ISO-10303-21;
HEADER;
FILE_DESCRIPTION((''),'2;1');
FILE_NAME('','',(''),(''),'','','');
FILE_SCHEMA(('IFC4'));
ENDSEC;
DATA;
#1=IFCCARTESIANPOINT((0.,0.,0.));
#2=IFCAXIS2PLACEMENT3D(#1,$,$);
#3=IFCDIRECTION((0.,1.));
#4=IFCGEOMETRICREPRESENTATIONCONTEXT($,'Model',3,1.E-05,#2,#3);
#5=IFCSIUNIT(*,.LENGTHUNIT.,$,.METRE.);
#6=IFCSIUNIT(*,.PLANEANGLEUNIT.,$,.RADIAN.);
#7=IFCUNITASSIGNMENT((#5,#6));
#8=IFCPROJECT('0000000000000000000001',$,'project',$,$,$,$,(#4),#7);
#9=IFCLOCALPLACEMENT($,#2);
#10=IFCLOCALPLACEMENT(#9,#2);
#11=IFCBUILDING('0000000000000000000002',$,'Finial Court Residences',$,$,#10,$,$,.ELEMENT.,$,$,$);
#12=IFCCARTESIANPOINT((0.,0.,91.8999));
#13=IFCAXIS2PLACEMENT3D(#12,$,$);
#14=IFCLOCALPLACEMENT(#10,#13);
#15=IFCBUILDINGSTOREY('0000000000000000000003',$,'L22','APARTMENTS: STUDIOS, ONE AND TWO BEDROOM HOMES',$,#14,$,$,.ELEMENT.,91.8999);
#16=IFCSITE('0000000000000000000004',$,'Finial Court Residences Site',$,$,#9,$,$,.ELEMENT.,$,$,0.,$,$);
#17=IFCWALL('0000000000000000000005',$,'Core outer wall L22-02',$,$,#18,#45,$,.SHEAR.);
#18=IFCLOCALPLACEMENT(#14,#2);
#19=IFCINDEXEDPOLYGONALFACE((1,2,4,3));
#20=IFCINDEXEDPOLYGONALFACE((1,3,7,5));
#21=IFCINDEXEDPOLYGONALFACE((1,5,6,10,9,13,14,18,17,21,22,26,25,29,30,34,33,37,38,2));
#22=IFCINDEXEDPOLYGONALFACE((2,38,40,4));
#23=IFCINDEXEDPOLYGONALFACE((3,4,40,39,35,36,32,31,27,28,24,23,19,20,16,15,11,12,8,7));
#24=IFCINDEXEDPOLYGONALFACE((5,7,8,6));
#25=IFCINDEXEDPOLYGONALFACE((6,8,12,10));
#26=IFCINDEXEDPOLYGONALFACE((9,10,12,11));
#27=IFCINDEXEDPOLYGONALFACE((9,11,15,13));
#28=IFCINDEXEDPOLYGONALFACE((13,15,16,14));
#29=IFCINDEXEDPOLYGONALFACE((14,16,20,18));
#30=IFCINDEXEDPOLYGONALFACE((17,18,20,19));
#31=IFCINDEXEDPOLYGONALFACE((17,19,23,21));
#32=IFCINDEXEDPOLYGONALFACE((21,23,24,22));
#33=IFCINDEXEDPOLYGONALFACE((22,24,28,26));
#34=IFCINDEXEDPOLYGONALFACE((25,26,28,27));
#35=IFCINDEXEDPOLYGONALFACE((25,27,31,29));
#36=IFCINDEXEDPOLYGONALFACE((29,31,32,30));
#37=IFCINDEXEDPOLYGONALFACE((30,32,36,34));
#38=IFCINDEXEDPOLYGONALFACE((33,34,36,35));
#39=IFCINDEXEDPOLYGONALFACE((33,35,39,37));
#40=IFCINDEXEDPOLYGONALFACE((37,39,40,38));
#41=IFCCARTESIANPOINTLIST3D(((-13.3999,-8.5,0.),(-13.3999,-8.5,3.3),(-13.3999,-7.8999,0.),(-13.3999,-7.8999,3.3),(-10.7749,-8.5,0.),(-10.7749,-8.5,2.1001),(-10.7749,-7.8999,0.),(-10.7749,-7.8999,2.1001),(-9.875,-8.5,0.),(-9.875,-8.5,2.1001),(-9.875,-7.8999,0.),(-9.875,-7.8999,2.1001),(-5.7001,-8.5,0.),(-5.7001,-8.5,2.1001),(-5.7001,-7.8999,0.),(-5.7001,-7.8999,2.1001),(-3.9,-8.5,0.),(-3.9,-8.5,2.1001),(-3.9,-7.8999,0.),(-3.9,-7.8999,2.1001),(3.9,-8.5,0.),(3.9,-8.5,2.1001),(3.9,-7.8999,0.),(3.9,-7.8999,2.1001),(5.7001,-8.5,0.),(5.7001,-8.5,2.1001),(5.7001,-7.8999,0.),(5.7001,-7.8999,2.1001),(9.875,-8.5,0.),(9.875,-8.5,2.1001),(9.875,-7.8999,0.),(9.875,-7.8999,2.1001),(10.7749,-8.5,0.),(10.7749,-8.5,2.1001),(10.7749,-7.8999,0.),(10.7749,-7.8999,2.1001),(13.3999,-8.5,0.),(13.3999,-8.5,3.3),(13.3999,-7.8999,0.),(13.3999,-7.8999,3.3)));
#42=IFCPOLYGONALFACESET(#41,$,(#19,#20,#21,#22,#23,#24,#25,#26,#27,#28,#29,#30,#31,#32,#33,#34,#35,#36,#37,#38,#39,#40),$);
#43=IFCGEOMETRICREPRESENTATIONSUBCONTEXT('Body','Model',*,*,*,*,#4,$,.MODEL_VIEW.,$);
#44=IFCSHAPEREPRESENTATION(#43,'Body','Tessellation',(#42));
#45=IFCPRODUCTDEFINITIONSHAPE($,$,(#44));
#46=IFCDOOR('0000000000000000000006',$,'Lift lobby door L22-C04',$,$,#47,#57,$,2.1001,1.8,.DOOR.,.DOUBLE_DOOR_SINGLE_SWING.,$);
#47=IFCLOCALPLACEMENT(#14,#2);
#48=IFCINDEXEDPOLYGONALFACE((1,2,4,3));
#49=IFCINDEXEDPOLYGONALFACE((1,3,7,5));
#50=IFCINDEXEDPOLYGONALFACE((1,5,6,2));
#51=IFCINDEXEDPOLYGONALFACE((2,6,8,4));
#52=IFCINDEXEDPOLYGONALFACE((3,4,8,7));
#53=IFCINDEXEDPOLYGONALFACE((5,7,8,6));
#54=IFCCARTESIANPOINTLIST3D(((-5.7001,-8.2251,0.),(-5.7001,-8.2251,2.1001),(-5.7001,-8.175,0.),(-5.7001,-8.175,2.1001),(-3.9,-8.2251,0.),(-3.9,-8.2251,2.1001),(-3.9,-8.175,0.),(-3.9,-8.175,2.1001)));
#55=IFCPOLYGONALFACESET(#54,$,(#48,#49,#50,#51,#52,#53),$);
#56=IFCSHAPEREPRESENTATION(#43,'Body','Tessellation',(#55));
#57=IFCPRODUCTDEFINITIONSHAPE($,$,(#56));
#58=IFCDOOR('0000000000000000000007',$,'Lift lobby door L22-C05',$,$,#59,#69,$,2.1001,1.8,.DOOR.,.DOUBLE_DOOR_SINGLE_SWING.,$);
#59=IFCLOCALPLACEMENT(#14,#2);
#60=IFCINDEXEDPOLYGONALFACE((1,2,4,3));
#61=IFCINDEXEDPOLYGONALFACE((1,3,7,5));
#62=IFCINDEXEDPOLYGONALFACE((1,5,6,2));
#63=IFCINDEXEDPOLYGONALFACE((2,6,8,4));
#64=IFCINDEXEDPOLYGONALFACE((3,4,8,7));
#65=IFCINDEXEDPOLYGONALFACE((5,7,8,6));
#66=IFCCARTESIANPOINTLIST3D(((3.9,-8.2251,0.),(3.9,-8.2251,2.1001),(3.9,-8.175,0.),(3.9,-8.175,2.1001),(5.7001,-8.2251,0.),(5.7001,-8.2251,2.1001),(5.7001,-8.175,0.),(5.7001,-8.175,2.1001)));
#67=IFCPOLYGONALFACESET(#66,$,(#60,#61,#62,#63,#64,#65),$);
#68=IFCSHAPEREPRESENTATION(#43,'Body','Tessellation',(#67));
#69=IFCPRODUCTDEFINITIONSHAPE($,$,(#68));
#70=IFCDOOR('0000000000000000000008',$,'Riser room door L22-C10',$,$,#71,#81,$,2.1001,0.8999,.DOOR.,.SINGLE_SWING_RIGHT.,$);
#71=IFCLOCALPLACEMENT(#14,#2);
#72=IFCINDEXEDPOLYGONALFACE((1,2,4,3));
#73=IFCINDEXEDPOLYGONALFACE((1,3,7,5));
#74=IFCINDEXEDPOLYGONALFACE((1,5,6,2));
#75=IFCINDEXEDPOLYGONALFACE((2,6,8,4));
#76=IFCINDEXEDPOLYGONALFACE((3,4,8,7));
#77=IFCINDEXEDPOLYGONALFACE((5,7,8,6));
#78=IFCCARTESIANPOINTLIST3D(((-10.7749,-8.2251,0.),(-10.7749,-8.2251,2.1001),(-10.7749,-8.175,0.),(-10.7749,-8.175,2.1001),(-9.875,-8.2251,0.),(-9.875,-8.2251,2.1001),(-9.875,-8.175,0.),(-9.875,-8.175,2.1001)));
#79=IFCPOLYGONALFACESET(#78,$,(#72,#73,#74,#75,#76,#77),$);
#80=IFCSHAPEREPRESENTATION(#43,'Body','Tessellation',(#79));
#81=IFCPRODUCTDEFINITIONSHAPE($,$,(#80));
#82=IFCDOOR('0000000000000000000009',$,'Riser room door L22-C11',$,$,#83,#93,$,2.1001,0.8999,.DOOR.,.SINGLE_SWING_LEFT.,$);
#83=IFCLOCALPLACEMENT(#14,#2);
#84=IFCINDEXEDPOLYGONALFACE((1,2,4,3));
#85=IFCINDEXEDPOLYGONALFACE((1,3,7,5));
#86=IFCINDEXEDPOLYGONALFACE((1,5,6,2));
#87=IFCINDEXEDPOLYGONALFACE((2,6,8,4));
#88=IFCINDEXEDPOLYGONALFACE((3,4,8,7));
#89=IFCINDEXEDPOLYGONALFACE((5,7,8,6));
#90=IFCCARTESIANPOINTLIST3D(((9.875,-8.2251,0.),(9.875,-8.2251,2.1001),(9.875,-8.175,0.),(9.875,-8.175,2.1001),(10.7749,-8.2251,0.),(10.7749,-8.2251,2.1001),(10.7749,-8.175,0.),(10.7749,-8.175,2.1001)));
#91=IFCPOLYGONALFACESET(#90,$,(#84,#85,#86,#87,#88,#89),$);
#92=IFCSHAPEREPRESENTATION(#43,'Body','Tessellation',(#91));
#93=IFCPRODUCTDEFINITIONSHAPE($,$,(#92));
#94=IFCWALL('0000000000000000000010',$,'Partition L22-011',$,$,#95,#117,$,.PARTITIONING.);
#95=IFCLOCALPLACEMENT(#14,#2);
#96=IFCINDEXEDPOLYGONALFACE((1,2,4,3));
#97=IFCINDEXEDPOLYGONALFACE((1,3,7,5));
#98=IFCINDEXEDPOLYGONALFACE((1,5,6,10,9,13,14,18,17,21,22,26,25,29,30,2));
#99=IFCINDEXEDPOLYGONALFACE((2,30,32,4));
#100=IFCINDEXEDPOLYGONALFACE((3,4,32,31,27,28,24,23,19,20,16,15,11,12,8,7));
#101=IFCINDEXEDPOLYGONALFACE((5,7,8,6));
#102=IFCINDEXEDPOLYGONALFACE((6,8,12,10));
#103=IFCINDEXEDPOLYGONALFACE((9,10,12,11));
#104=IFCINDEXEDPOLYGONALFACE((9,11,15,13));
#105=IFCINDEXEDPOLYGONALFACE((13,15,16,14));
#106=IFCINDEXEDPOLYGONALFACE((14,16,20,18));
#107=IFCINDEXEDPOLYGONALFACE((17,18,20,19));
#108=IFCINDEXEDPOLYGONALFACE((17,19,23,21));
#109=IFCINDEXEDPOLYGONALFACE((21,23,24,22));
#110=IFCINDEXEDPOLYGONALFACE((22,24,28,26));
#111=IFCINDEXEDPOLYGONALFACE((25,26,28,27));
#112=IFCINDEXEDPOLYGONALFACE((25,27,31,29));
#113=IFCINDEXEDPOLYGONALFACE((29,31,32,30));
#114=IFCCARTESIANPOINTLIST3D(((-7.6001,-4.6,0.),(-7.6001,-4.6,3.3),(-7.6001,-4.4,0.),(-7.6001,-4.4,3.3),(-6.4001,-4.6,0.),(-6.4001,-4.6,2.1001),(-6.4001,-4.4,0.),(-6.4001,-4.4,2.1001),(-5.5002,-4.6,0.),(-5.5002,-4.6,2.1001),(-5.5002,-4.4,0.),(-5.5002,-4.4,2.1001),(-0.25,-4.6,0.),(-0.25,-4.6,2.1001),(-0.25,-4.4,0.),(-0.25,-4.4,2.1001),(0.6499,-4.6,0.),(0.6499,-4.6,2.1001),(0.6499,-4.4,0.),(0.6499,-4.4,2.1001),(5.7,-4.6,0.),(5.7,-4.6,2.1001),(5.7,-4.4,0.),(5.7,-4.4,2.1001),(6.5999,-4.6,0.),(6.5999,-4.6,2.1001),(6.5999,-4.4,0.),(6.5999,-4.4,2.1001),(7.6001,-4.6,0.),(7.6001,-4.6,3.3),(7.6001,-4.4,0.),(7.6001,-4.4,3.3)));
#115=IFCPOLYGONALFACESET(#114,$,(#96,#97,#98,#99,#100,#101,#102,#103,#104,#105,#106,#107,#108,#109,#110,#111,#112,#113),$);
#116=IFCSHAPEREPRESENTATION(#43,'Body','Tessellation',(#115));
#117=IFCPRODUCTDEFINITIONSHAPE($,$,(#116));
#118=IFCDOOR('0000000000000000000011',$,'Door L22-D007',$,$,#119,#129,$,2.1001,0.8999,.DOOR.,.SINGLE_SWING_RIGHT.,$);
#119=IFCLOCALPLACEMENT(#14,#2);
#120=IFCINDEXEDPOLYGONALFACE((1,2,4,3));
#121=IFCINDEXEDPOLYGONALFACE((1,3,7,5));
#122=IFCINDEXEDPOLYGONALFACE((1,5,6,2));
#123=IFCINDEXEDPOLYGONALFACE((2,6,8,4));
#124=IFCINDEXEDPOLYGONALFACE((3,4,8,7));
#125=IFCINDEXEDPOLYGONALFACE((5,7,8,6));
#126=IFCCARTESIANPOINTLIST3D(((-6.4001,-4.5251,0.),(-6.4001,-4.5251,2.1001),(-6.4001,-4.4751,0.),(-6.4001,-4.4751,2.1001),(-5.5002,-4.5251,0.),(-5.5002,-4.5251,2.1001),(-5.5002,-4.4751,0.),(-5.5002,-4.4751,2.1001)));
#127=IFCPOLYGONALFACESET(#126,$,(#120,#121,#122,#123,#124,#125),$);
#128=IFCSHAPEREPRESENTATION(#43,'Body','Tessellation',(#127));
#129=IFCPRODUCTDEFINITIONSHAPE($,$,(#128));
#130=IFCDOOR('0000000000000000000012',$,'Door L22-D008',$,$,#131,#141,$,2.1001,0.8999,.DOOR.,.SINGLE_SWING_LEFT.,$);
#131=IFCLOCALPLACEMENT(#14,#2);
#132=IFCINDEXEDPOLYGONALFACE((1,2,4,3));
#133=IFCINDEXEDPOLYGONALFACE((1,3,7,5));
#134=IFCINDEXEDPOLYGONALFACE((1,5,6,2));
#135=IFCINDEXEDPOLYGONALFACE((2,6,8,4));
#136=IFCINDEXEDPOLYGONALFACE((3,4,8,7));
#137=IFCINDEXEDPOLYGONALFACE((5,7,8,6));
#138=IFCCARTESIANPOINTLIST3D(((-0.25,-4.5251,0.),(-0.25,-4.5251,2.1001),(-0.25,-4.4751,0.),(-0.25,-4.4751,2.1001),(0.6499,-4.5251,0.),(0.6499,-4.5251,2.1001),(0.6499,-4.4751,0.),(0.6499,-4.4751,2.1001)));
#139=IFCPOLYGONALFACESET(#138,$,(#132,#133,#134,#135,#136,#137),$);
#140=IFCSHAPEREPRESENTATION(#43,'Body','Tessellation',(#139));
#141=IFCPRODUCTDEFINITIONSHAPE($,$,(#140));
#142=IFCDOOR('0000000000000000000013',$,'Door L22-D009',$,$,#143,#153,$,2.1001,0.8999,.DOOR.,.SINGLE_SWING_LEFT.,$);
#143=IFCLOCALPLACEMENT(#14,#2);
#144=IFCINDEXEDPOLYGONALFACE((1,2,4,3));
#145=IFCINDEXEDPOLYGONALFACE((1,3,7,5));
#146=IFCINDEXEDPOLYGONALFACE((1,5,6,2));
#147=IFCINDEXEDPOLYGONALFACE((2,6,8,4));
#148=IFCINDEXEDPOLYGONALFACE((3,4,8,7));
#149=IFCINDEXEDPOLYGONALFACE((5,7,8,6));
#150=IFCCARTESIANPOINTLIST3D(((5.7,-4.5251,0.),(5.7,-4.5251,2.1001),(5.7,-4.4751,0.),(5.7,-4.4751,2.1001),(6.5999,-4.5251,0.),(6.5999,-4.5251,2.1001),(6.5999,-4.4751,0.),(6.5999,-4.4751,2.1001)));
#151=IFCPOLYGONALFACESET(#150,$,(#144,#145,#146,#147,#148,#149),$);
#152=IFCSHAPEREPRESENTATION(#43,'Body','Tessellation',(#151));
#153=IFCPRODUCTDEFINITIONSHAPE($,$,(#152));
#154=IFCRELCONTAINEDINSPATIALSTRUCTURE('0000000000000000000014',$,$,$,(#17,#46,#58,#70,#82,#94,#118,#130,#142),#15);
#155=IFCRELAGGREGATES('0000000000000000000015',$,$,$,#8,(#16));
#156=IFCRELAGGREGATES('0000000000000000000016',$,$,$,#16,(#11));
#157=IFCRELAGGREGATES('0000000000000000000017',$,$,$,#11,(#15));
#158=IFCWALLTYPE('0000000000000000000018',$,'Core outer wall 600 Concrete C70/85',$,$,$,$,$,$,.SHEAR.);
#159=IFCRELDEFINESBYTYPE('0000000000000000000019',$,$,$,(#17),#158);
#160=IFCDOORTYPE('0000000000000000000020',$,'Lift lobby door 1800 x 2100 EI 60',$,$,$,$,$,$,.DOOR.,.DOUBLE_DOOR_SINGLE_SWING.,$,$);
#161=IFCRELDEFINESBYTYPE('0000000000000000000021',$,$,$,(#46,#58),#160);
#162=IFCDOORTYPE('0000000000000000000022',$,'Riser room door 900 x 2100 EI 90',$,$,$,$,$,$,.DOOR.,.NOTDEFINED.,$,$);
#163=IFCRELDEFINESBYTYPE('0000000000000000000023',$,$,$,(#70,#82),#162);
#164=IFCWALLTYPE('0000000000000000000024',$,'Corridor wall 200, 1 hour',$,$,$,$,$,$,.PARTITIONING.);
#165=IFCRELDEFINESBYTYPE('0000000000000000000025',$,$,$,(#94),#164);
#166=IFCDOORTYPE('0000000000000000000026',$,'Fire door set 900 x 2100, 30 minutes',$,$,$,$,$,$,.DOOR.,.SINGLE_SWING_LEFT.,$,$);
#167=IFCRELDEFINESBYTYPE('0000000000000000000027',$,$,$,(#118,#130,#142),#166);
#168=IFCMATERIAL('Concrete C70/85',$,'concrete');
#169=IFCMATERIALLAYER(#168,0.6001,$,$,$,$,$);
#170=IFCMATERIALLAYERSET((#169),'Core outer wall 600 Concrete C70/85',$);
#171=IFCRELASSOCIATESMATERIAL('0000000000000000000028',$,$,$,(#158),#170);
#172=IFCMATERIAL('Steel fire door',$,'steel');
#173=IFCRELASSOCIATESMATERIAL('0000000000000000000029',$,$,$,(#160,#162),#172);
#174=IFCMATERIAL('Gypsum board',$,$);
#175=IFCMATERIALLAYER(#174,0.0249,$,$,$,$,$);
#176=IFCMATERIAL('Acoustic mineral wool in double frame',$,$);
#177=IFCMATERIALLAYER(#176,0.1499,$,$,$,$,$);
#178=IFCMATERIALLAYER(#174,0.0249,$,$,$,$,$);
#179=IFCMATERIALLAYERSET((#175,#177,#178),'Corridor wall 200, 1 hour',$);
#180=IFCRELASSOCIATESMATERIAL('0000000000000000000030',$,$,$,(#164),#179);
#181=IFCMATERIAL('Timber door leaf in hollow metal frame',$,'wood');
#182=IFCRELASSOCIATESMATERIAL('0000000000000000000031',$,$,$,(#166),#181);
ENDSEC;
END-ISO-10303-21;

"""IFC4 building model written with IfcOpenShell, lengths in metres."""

from ifc_helpers import new_model, si_unit, direction, frame, frame_2d, origin, place, context, subcontext, project, spatial, rectangle, extrude, material, layer, layer_set, type_object, element, fill, save


model = new_model("IFC4")

# Units and contexts
model_context = context("Model", 3, precision=1e-05, world=origin(), true_north=direction((0.0, 1.0)))
body_context = subcontext(model_context, "Body", "Model", "MODEL_VIEW")
ifc_project = project(units=[si_unit("LENGTHUNIT", "METRE"), si_unit("PLANEANGLEUNIT", "RADIAN")], contexts=[model_context])

# Site, building, storey
site_placement = place(None, origin())
site = spatial("IfcSite", under=ifc_project, at=site_placement, Name="Finial Court Residences Site", CompositionType="ELEMENT", RefElevation=0.0)
building_placement = place(site_placement, origin())
building = spatial("IfcBuilding", under=site, at=building_placement, Name="Finial Court Residences", CompositionType="ELEMENT")
storey_placement = place(building_placement, frame((0.0, 0.0, 91.8999)))
storey = spatial("IfcBuildingStorey", under=building, at=storey_placement, Name="L22", Description="APARTMENTS: STUDIOS, ONE AND TWO BEDROOM HOMES", CompositionType="ELEMENT", Elevation=91.8999)

# Shared definitions
ifc_material_1 = material(Name="Concrete C70/85", Category="concrete")

# Walls, openings, doors
ifc_layer_1 = layer(ifc_material_1, 0.6001)
ifc_layer_set_1 = layer_set([ifc_layer_1], Name="Core outer wall 600 Concrete C70/85")
wall_type_1 = type_object("IfcWallType", Name="Core outer wall 600 Concrete C70/85", PredefinedType="SHEAR", material=ifc_layer_set_1)
wall_1_placement = place(storey_placement, frame((-13.3999, -8.2, 0.0), z_axis=(0.0, 0.0, 1.0), x_axis=(1.0, 0.0, 0.0)))
wall_1 = element("IfcWall", 1, at=wall_1_placement, inside=storey, type_object=wall_type_1, Name="Core outer wall L22-02", PredefinedType="SHEAR", context=body_context, shape_type="SweptSolid", body=[
    extrude(rectangle(XDim=26.7998, YDim=0.6001, at=frame_2d((13.3999, 0.0))), origin(), (0.0, 0.0, 1.0), 3.3),
])
opening_1_placement = place(wall_1_placement, frame((7.7, 0.0, 0.0)))
opening_1 = element("IfcOpeningElement", 2, at=opening_1_placement, cuts=wall_1, PredefinedType="OPENING", context=body_context, shape_type="SweptSolid", body=[
    extrude(rectangle(XDim=1.8, YDim=2.1001, at=frame_2d((0.8999, 1.05))), frame((0.0, 0.3101, 0.0), z_axis=(0.0, -1.0, 0.0), x_axis=(1.0, 0.0, 0.0)), (0.0, 0.0, 1.0), 0.6201),
])
opening_2_placement = place(wall_1_placement, frame((17.3, 0.0, 0.0)))
opening_2 = element("IfcOpeningElement", 3, at=opening_2_placement, cuts=wall_1, PredefinedType="OPENING", context=body_context, shape_type="SweptSolid", body=[
    extrude(rectangle(XDim=1.8, YDim=2.1001, at=frame_2d((0.8999, 1.05))), frame((0.0, 0.3101, 0.0), z_axis=(0.0, -1.0, 0.0), x_axis=(1.0, 0.0, 0.0)), (0.0, 0.0, 1.0), 0.6201),
])
opening_3_placement = place(wall_1_placement, frame((2.625, 0.0, 0.0)))
opening_3 = element("IfcOpeningElement", 4, at=opening_3_placement, cuts=wall_1, PredefinedType="OPENING", context=body_context, shape_type="SweptSolid", body=[
    extrude(rectangle(XDim=0.8999, YDim=2.1001, at=frame_2d((0.45, 1.05))), frame((0.0, 0.3101, 0.0), z_axis=(0.0, -1.0, 0.0), x_axis=(1.0, 0.0, 0.0)), (0.0, 0.0, 1.0), 0.6201),
])
opening_4_placement = place(wall_1_placement, frame((23.2749, 0.0, 0.0)))
opening_4 = element("IfcOpeningElement", 5, at=opening_4_placement, cuts=wall_1, PredefinedType="OPENING", context=body_context, shape_type="SweptSolid", body=[
    extrude(rectangle(XDim=0.8999, YDim=2.1001, at=frame_2d((0.45, 1.05))), frame((0.0, 0.3101, 0.0), z_axis=(0.0, -1.0, 0.0), x_axis=(1.0, 0.0, 0.0)), (0.0, 0.0, 1.0), 0.6201),
])
ifc_material_2 = material(Name="Steel fire door", Category="steel")
door_type_1 = type_object("IfcDoorType", Name="Lift lobby door 1800 x 2100 EI 60", OperationType="DOUBLE_DOOR_SINGLE_SWING", PredefinedType="DOOR", material=ifc_material_2)
door_1_placement = place(opening_1_placement, origin())
door_1 = element("IfcDoor", 6, at=door_1_placement, inside=storey, type_object=door_type_1, Name="Lift lobby door L22-C04", OperationType="DOUBLE_DOOR_SINGLE_SWING", OverallHeight=2.1001, OverallWidth=1.8, PredefinedType="DOOR", context=body_context, shape_type="SweptSolid", body=[
    extrude(rectangle(XDim=1.8, YDim=2.1001, at=frame_2d((0.8999, 1.05))), frame((0.0, 0.0249, 0.0), z_axis=(0.0, -1.0, 0.0), x_axis=(1.0, 0.0, 0.0)), (0.0, 0.0, 1.0), 0.05),
])
fill(opening_1, door_1)
door_2_placement = place(opening_2_placement, origin())
door_2 = element("IfcDoor", 7, at=door_2_placement, inside=storey, type_object=door_type_1, Name="Lift lobby door L22-C05", OperationType="DOUBLE_DOOR_SINGLE_SWING", OverallHeight=2.1001, OverallWidth=1.8, PredefinedType="DOOR", context=body_context, shape_type="SweptSolid", body=[
    extrude(rectangle(XDim=1.8, YDim=2.1001, at=frame_2d((0.8999, 1.05))), frame((0.0, 0.0249, 0.0), z_axis=(0.0, -1.0, 0.0), x_axis=(1.0, 0.0, 0.0)), (0.0, 0.0, 1.0), 0.05),
])
fill(opening_2, door_2)
door_type_2 = type_object("IfcDoorType", Name="Riser room door 900 x 2100 EI 90", OperationType="NOTDEFINED", PredefinedType="DOOR", material=ifc_material_2)
door_3_placement = place(opening_3_placement, origin())
door_3 = element("IfcDoor", 8, at=door_3_placement, inside=storey, type_object=door_type_2, Name="Riser room door L22-C10", OperationType="SINGLE_SWING_RIGHT", OverallHeight=2.1001, OverallWidth=0.8999, PredefinedType="DOOR", context=body_context, shape_type="SweptSolid", body=[
    extrude(rectangle(XDim=0.8999, YDim=2.1001, at=frame_2d((0.45, 1.05))), frame((0.0, 0.0249, 0.0), z_axis=(0.0, -1.0, 0.0), x_axis=(1.0, 0.0, 0.0)), (0.0, 0.0, 1.0), 0.05),
])
fill(opening_3, door_3)
door_4_placement = place(opening_4_placement, origin())
door_4 = element("IfcDoor", 9, at=door_4_placement, inside=storey, type_object=door_type_2, Name="Riser room door L22-C11", OperationType="SINGLE_SWING_LEFT", OverallHeight=2.1001, OverallWidth=0.8999, PredefinedType="DOOR", context=body_context, shape_type="SweptSolid", body=[
    extrude(rectangle(XDim=0.8999, YDim=2.1001, at=frame_2d((0.45, 1.05))), frame((0.0, 0.0249, 0.0), z_axis=(0.0, -1.0, 0.0), x_axis=(1.0, 0.0, 0.0)), (0.0, 0.0, 1.0), 0.05),
])
fill(opening_4, door_4)
ifc_material_3 = material(Name="Gypsum board")
ifc_layer_2 = layer(ifc_material_3, 0.0249)
ifc_material_4 = material(Name="Acoustic mineral wool in double frame")
ifc_layer_3 = layer(ifc_material_4, 0.1499)
ifc_layer_4 = layer(ifc_material_3, 0.0249)
ifc_layer_set_2 = layer_set([ifc_layer_2, ifc_layer_3, ifc_layer_4], Name="Corridor wall 200, 1 hour")
wall_type_2 = type_object("IfcWallType", Name="Corridor wall 200, 1 hour", PredefinedType="PARTITIONING", material=ifc_layer_set_2)
wall_2_placement = place(storey_placement, frame((-7.6001, -4.5, 0.0), z_axis=(0.0, 0.0, 1.0), x_axis=(1.0, 0.0, 0.0)))
wall_2 = element("IfcWall", 10, at=wall_2_placement, inside=storey, type_object=wall_type_2, Name="Partition L22-011", PredefinedType="PARTITIONING", context=body_context, shape_type="SweptSolid", body=[
    extrude(rectangle(XDim=15.2002, YDim=0.2, at=frame_2d((7.6001, 0.0))), origin(), (0.0, 0.0, 1.0), 3.3),
])
opening_5_placement = place(wall_2_placement, frame((1.2, 0.0, 0.0)))
opening_5 = element("IfcOpeningElement", 11, at=opening_5_placement, cuts=wall_2, PredefinedType="OPENING", context=body_context, shape_type="SweptSolid", body=[
    extrude(rectangle(XDim=0.8999, YDim=2.1001, at=frame_2d((0.45, 1.05))), frame((0.0, 0.1099, 0.0), z_axis=(0.0, -1.0, 0.0), x_axis=(1.0, 0.0, 0.0)), (0.0, 0.0, 1.0), 0.22),
])
opening_6_placement = place(wall_2_placement, frame((7.3501, 0.0, 0.0)))
opening_6 = element("IfcOpeningElement", 12, at=opening_6_placement, cuts=wall_2, PredefinedType="OPENING", context=body_context, shape_type="SweptSolid", body=[
    extrude(rectangle(XDim=0.8999, YDim=2.1001, at=frame_2d((0.45, 1.05))), frame((0.0, 0.1099, 0.0), z_axis=(0.0, -1.0, 0.0), x_axis=(1.0, 0.0, 0.0)), (0.0, 0.0, 1.0), 0.22),
])
opening_7_placement = place(wall_2_placement, frame((13.3, 0.0, 0.0)))
opening_7 = element("IfcOpeningElement", 13, at=opening_7_placement, cuts=wall_2, PredefinedType="OPENING", context=body_context, shape_type="SweptSolid", body=[
    extrude(rectangle(XDim=0.8999, YDim=2.1001, at=frame_2d((0.45, 1.05))), frame((0.0, 0.1099, 0.0), z_axis=(0.0, -1.0, 0.0), x_axis=(1.0, 0.0, 0.0)), (0.0, 0.0, 1.0), 0.22),
])
ifc_material_5 = material(Name="Timber door leaf in hollow metal frame", Category="wood")
door_type_3 = type_object("IfcDoorType", Name="Fire door set 900 x 2100, 30 minutes", OperationType="SINGLE_SWING_LEFT", PredefinedType="DOOR", material=ifc_material_5)
door_5_placement = place(opening_5_placement, origin())
door_5 = element("IfcDoor", 14, at=door_5_placement, inside=storey, type_object=door_type_3, Name="Door L22-D007", OperationType="SINGLE_SWING_RIGHT", OverallHeight=2.1001, OverallWidth=0.8999, PredefinedType="DOOR", context=body_context, shape_type="SweptSolid", body=[
    extrude(rectangle(XDim=0.8999, YDim=2.1001, at=frame_2d((0.45, 1.05))), frame((0.0, 0.0249, 0.0), z_axis=(0.0, -1.0, 0.0), x_axis=(1.0, 0.0, 0.0)), (0.0, 0.0, 1.0), 0.05),
])
fill(opening_5, door_5)
door_6_placement = place(opening_6_placement, origin())
door_6 = element("IfcDoor", 15, at=door_6_placement, inside=storey, type_object=door_type_3, Name="Door L22-D008", OperationType="SINGLE_SWING_LEFT", OverallHeight=2.1001, OverallWidth=0.8999, PredefinedType="DOOR", context=body_context, shape_type="SweptSolid", body=[
    extrude(rectangle(XDim=0.8999, YDim=2.1001, at=frame_2d((0.45, 1.05))), frame((0.0, 0.0249, 0.0), z_axis=(0.0, -1.0, 0.0), x_axis=(1.0, 0.0, 0.0)), (0.0, 0.0, 1.0), 0.05),
])
fill(opening_6, door_6)
door_7_placement = place(opening_7_placement, origin())
door_7 = element("IfcDoor", 16, at=door_7_placement, inside=storey, type_object=door_type_3, Name="Door L22-D009", OperationType="SINGLE_SWING_LEFT", OverallHeight=2.1001, OverallWidth=0.8999, PredefinedType="DOOR", context=body_context, shape_type="SweptSolid", body=[
    extrude(rectangle(XDim=0.8999, YDim=2.1001, at=frame_2d((0.45, 1.05))), frame((0.0, 0.0249, 0.0), z_axis=(0.0, -1.0, 0.0), x_axis=(1.0, 0.0, 0.0)), (0.0, 0.0, 1.0), 0.05),
])
fill(opening_7, door_7)

save(model, "model.ifc")
